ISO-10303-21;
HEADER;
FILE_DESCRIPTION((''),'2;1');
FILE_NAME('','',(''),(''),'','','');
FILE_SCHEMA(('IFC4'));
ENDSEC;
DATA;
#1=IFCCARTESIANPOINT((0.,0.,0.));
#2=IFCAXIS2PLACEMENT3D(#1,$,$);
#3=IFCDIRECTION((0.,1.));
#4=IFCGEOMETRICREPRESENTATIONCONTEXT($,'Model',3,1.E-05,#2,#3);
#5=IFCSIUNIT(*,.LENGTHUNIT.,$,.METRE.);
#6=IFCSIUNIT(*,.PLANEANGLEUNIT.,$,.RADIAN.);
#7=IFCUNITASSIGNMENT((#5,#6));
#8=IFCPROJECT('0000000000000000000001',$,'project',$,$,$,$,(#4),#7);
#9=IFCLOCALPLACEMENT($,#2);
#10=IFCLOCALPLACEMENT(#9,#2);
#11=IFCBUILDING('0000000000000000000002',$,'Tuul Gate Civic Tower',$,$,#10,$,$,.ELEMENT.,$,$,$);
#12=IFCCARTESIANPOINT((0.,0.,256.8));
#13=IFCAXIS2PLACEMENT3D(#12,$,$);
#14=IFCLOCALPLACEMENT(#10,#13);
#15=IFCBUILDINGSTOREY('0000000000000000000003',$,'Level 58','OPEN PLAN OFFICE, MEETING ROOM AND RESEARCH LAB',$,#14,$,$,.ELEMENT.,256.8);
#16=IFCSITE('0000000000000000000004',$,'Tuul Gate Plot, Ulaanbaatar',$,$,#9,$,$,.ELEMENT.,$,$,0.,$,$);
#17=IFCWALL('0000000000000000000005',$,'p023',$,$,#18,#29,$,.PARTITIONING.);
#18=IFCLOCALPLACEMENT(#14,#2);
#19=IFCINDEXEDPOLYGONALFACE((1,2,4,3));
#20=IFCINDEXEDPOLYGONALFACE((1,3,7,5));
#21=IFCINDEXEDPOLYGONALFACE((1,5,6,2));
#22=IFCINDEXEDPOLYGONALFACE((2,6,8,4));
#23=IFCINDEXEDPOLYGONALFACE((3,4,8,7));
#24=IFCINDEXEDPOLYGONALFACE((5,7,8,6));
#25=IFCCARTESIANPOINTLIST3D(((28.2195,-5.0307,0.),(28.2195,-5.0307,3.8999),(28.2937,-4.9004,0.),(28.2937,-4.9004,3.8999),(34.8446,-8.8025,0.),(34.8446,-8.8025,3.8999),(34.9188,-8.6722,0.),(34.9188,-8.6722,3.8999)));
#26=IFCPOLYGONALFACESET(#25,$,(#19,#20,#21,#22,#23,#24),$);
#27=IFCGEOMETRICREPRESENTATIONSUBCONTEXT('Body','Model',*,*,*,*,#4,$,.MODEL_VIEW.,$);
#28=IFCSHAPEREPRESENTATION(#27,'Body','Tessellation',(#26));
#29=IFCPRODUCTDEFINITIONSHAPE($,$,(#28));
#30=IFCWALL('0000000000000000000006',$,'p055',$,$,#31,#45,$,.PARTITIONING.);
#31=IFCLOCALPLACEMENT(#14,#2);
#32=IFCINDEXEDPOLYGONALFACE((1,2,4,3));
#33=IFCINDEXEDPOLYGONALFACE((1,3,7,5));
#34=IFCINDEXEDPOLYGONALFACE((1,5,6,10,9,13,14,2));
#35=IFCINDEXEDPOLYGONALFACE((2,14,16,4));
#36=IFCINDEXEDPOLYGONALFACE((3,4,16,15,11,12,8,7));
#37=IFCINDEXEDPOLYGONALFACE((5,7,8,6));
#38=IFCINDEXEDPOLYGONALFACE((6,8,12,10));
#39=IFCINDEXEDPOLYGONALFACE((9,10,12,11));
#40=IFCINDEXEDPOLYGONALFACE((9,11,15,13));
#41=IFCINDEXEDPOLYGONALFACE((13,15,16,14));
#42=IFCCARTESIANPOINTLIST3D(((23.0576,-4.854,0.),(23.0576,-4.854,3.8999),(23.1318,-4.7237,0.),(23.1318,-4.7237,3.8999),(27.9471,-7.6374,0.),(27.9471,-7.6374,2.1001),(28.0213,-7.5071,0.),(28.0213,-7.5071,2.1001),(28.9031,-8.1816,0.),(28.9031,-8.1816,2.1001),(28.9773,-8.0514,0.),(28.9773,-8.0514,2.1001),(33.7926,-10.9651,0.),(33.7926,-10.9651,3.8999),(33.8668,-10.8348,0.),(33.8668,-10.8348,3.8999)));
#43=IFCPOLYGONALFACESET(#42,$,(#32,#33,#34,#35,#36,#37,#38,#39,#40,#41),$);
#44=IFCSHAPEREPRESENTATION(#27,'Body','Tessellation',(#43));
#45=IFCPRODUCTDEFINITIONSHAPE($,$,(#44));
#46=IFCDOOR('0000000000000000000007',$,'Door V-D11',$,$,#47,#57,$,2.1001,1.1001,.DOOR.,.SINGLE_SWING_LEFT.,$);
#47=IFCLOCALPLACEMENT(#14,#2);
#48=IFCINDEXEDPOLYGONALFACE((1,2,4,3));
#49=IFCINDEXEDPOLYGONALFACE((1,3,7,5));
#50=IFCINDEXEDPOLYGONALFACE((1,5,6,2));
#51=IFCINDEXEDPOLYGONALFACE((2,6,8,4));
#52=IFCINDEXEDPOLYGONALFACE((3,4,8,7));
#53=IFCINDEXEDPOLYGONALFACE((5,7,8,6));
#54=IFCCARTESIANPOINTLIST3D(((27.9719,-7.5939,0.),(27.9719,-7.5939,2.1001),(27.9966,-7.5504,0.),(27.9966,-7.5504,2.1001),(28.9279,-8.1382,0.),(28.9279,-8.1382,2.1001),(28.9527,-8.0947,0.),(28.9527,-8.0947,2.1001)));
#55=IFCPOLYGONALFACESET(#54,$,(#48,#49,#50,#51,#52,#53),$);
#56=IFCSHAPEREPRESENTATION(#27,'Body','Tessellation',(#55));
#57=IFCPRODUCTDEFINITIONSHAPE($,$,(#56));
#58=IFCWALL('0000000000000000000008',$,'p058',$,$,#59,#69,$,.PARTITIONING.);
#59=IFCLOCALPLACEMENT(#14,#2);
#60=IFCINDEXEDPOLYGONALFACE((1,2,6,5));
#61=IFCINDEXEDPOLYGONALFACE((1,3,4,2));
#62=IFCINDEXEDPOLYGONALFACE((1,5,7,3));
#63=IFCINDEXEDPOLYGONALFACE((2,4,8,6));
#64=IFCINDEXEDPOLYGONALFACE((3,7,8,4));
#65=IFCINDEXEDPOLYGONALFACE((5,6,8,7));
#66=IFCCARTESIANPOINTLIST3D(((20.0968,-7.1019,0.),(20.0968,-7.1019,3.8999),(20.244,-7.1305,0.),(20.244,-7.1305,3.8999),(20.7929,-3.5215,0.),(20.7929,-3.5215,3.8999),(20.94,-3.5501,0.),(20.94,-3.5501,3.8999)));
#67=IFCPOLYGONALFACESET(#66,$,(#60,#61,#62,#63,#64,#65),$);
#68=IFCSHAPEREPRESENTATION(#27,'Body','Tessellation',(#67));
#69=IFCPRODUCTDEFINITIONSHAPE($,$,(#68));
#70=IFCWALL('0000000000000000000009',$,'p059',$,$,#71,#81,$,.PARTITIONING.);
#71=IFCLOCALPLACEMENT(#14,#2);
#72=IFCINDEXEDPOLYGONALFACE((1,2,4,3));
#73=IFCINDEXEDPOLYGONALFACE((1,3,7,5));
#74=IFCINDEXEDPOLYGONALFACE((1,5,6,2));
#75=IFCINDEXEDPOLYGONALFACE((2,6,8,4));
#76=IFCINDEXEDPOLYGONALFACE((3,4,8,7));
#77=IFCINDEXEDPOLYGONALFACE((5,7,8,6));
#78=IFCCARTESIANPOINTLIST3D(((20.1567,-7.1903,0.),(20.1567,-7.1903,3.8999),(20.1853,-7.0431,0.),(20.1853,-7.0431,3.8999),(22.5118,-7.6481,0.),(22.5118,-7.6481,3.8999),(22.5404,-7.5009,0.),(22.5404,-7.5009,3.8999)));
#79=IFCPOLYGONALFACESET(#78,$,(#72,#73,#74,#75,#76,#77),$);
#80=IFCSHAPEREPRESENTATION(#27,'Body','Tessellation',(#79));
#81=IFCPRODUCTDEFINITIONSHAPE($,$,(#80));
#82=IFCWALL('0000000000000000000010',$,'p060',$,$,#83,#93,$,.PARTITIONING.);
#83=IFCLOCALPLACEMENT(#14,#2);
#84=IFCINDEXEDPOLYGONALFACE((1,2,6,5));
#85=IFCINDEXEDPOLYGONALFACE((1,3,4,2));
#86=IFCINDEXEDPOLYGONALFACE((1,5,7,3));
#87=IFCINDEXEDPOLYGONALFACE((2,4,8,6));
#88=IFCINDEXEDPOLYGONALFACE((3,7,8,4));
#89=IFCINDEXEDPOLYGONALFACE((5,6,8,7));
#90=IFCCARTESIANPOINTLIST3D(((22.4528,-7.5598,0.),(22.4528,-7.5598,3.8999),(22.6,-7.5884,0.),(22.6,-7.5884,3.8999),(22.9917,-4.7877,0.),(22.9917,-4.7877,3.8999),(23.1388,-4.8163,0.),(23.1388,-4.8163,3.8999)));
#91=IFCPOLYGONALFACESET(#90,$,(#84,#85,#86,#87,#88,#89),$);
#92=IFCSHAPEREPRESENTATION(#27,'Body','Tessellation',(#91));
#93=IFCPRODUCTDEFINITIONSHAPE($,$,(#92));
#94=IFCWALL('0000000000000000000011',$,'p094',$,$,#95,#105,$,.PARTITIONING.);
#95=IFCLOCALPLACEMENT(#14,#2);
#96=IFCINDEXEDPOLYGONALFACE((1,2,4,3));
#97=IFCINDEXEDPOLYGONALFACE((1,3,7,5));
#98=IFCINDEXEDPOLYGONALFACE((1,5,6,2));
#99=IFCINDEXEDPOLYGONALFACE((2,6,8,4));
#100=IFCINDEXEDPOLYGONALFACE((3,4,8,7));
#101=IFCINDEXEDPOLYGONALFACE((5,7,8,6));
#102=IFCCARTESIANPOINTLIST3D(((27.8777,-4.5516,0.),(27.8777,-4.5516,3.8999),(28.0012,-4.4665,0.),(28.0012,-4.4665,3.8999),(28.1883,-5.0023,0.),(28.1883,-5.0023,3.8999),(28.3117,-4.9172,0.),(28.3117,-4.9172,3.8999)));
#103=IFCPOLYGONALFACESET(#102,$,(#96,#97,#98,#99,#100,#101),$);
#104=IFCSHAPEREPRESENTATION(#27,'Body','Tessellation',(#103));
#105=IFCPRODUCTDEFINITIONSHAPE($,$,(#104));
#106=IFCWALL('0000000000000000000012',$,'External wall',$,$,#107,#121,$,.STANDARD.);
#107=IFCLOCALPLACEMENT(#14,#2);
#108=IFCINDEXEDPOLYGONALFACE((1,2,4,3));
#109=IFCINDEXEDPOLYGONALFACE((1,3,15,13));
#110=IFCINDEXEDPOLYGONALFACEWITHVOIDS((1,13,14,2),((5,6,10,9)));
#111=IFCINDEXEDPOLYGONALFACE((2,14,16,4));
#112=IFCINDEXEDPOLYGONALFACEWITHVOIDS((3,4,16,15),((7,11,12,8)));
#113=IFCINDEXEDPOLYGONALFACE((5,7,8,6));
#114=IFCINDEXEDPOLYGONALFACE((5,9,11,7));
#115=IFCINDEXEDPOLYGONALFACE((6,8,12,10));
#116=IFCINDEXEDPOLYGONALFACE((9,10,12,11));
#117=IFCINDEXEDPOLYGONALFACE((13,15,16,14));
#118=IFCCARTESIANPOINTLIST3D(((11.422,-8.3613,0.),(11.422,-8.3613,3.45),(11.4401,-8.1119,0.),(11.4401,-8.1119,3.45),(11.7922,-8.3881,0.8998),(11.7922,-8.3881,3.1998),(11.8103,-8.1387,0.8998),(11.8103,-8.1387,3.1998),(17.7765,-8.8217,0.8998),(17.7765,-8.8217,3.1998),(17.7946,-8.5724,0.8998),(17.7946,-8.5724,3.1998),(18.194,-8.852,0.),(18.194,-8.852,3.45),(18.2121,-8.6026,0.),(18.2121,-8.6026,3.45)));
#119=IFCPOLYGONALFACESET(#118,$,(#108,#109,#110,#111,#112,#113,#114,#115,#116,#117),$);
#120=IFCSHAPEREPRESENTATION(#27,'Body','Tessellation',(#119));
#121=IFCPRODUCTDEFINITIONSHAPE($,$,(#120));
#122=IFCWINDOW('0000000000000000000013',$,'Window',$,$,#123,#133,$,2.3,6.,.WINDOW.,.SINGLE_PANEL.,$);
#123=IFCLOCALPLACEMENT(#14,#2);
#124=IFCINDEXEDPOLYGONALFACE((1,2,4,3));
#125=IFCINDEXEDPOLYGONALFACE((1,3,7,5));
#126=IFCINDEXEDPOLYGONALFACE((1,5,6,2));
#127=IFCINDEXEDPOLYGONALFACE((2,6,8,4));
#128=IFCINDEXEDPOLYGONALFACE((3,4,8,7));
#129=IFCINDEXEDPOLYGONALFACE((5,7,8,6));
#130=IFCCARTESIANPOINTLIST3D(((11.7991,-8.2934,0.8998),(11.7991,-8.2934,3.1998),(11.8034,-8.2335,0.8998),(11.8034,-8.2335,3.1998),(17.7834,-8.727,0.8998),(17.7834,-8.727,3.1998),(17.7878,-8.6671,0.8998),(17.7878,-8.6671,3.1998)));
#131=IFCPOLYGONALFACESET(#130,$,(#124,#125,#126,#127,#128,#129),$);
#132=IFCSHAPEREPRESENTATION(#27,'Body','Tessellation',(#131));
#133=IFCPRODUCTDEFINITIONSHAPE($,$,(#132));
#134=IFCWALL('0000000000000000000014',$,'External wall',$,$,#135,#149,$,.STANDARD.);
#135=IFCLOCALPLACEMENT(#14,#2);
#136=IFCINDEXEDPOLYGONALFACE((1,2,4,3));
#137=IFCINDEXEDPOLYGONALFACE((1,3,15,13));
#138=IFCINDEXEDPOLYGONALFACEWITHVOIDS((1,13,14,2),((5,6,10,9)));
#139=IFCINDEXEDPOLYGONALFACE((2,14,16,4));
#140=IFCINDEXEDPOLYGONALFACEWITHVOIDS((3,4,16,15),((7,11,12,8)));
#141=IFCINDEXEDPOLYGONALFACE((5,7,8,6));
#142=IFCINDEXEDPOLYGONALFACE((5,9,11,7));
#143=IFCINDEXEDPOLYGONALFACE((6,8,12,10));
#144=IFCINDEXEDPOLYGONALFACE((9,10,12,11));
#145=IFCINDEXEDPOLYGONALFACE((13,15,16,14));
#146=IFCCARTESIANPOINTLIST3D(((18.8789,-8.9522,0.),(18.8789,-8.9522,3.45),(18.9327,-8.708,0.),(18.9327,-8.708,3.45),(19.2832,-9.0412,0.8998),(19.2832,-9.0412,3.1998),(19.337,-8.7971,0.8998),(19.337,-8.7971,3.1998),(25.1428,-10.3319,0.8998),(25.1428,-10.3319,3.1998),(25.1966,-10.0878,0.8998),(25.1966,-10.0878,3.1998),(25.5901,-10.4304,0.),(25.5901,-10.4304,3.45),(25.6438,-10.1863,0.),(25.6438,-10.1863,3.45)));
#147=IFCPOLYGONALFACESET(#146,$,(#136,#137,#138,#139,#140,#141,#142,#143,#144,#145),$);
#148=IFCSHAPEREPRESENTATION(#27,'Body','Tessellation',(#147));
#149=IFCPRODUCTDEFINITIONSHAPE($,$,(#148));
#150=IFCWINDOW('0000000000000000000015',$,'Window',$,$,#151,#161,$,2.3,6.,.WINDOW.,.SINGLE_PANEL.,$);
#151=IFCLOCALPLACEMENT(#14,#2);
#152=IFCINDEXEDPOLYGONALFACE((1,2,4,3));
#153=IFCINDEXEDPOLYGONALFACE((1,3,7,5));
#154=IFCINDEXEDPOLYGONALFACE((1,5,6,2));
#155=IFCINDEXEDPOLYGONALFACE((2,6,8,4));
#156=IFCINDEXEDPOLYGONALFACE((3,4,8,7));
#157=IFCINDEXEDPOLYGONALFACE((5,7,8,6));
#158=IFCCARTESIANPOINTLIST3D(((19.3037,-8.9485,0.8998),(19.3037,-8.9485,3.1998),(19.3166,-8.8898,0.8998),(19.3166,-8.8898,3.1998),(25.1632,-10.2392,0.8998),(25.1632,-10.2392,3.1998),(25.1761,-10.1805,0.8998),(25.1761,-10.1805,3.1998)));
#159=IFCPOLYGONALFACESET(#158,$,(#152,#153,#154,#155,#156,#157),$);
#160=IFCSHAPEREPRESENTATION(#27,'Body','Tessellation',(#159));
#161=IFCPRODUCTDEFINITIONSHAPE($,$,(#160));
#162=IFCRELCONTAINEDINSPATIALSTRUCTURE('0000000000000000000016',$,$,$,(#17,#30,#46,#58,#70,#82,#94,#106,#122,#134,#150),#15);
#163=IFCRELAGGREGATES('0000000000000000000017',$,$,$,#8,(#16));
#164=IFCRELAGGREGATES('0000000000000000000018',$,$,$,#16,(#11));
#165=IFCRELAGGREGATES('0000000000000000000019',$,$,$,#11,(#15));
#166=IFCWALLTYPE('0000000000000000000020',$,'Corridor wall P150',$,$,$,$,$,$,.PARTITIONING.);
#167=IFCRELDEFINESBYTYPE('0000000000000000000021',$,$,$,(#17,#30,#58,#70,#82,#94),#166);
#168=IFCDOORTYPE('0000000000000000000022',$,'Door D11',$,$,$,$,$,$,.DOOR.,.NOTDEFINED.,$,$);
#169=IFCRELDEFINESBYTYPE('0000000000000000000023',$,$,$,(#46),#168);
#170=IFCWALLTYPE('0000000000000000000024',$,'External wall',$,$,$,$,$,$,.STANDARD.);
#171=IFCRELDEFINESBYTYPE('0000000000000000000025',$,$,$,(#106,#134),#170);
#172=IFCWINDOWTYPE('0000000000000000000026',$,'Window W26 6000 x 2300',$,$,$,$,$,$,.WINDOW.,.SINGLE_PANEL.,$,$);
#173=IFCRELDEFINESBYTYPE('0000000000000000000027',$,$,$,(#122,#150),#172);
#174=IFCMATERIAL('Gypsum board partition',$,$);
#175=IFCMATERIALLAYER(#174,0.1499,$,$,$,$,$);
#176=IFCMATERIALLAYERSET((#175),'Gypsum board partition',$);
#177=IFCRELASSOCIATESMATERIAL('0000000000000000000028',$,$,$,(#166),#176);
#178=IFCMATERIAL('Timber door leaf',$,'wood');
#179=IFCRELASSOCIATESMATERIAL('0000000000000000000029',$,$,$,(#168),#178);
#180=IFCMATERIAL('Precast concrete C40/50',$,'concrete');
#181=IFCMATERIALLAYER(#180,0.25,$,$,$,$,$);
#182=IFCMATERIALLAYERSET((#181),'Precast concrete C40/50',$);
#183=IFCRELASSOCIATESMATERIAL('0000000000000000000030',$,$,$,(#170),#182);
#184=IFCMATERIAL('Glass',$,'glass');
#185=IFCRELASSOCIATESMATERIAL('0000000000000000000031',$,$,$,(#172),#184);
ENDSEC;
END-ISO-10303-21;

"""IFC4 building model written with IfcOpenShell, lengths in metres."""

from ifc_helpers import new_model, si_unit, direction, frame, frame_2d, origin, place, context, subcontext, project, spatial, rectangle, extrude, material, layer, layer_set, type_object, element, fill, save


model = new_model("IFC4")

# Units and contexts
model_context = context("Model", 3, precision=1e-05, world=origin(), true_north=direction((0.0, 1.0)))
body_context = subcontext(model_context, "Body", "Model", "MODEL_VIEW")
ifc_project = project(units=[si_unit("LENGTHUNIT", "METRE"), si_unit("PLANEANGLEUNIT", "RADIAN")], contexts=[model_context])

# Site, building, storey
site_placement = place(None, origin())
site = spatial("IfcSite", under=ifc_project, at=site_placement, Name="Tuul Gate Plot, Ulaanbaatar", CompositionType="ELEMENT", RefElevation=0.0)
building_placement = place(site_placement, origin())
building = spatial("IfcBuilding", under=site, at=building_placement, Name="Tuul Gate Civic Tower", CompositionType="ELEMENT")
storey_placement = place(building_placement, frame((0.0, 0.0, 256.8)))
storey = spatial("IfcBuildingStorey", under=building, at=storey_placement, Name="Level 58", Description="OPEN PLAN OFFICE, MEETING ROOM AND RESEARCH LAB", CompositionType="ELEMENT", Elevation=256.8)

# Wall
ifc_material_1 = material(Name="Gypsum board partition")
ifc_layer_1 = layer(ifc_material_1, 0.1499)
ifc_layer_set_1 = layer_set([ifc_layer_1], Name="Gypsum board partition")
wall_type_1 = type_object("IfcWallType", Name="Corridor wall P150", PredefinedType="PARTITIONING", material=ifc_layer_set_1)
wall_1_placement = place(storey_placement, frame((28.2566, -4.9656, 0.0), z_axis=(0.0, 0.0, 1.0), x_axis=(0.869032, -0.494755, 0.0)))
element("IfcWall", 1, at=wall_1_placement, inside=storey, type_object=wall_type_1, Name="p023", PredefinedType="PARTITIONING", context=body_context, shape_type="SweptSolid", body=[
    extrude(rectangle(XDim=7.6235, YDim=0.1499, at=frame_2d((3.8118, 0.0))), origin(), (0.0, 0.0, 1.0), 3.8999),
])

# Wall, opening, door
wall_2_placement = place(storey_placement, frame((23.0947, -4.7888, 0.0), z_axis=(0.0, 0.0, 1.0), x_axis=(0.869048, -0.494727, 0.0)))
wall_2 = element("IfcWall", 2, at=wall_2_placement, inside=storey, type_object=wall_type_1, Name="p055", PredefinedType="PARTITIONING", context=body_context, shape_type="SweptSolid", body=[
    extrude(rectangle(XDim=12.3525, YDim=0.1499, at=frame_2d((6.1763, 0.0))), origin(), (0.0, 0.0, 1.0), 3.8999),
])
opening_1_placement = place(wall_2_placement, frame((5.6262, 0.0, 0.0)))
opening_1 = element("IfcOpeningElement", 3, at=opening_1_placement, cuts=wall_2, PredefinedType="OPENING", context=body_context, shape_type="SweptSolid", body=[
    extrude(rectangle(XDim=1.1001, YDim=2.1001, at=frame_2d((0.55, 1.05))), frame((0.0, 0.085, 0.0), z_axis=(0.0, -1.0, 0.0), x_axis=(1.0, 0.0, 0.0)), (0.0, 0.0, 1.0), 0.1699),
])
ifc_material_2 = material(Name="Timber door leaf", Category="wood")
door_type = type_object("IfcDoorType", Name="Door D11", OperationType="NOTDEFINED", PredefinedType="DOOR", material=ifc_material_2)
door_placement = place(opening_1_placement, frame((1.1001, 0.0, 0.0), z_axis=(0.0, 0.0, 1.0), x_axis=(-1.0, 0.0, 0.0)))
door = element("IfcDoor", 4, at=door_placement, inside=storey, type_object=door_type, Name="Door V-D11", OperationType="SINGLE_SWING_LEFT", OverallHeight=2.1001, OverallWidth=1.1001, PredefinedType="DOOR", context=body_context, shape_type="SweptSolid", body=[
    extrude(rectangle(XDim=1.1001, YDim=2.1001, at=frame_2d((0.55, 1.05))), frame((0.0, 0.0249, 0.0), z_axis=(0.0, -1.0, 0.0), x_axis=(1.0, 0.0, 0.0)), (0.0, 0.0, 1.0), 0.05),
])
fill(opening_1, door)

# Walls
wall_3_placement = place(storey_placement, frame((20.1704, -7.1162, 0.0), z_axis=(0.0, 0.0, 1.0), x_axis=(0.190836, 0.981622, 0.0)))
element("IfcWall", 5, at=wall_3_placement, inside=storey, type_object=wall_type_1, Name="p058", PredefinedType="PARTITIONING", context=body_context, shape_type="SweptSolid", body=[
    extrude(rectangle(XDim=3.6475, YDim=0.1499, at=frame_2d((1.8237, 0.0))), origin(), (0.0, 0.0, 1.0), 3.8999),
])
wall_4_placement = place(storey_placement, frame((20.1709, -7.1167, 0.0), z_axis=(0.0, 0.0, 1.0), x_axis=(0.981627, -0.19081, 0.0)))
element("IfcWall", 6, at=wall_4_placement, inside=storey, type_object=wall_type_1, Name="p059", PredefinedType="PARTITIONING", context=body_context, shape_type="SweptSolid", body=[
    extrude(rectangle(XDim=2.3992, YDim=0.1499, at=frame_2d((1.1997, 0.0))), origin(), (0.0, 0.0, 1.0), 3.8999),
])
wall_5_placement = place(storey_placement, frame((22.5264, -7.5742, 0.0), z_axis=(0.0, 0.0, 1.0), x_axis=(0.190809, 0.981627, 0.0)))
element("IfcWall", 7, at=wall_5_placement, inside=storey, type_object=wall_type_1, Name="p060", PredefinedType="PARTITIONING", context=body_context, shape_type="SweptSolid", body=[
    extrude(rectangle(XDim=2.824, YDim=0.1499, at=frame_2d((1.4121, 0.0))), origin(), (0.0, 0.0, 1.0), 3.8999),
])
wall_6_placement = place(storey_placement, frame((27.9395, -4.509, 0.0), z_axis=(0.0, 0.0, 1.0), x_axis=(0.567399, -0.823443, 0.0)))
element("IfcWall", 8, at=wall_6_placement, inside=storey, type_object=wall_type_1, Name="p094", PredefinedType="PARTITIONING", context=body_context, shape_type="SweptSolid", body=[
    extrude(rectangle(XDim=0.5474, YDim=0.1499, at=frame_2d((0.2737, 0.0))), origin(), (0.0, 0.0, 1.0), 3.8999),
])

# Walls, openings, windows
ifc_material_3 = material(Name="Precast concrete C40/50", Category="concrete")
ifc_layer_2 = layer(ifc_material_3, 0.25)
ifc_layer_set_2 = layer_set([ifc_layer_2], Name="Precast concrete C40/50")
wall_type_2 = type_object("IfcWallType", Name="External wall", PredefinedType="STANDARD", material=ifc_layer_set_2)
wall_7_placement = place(storey_placement, frame((11.4309, -8.2366, 0.0), z_axis=(0.0, 0.0, 1.0), x_axis=(0.997385, -0.072274, 0.0)))
wall_7 = element("IfcWall", 9, at=wall_7_placement, inside=storey, type_object=wall_type_2, Name="External wall", PredefinedType="STANDARD", context=body_context, shape_type="SweptSolid", body=[
    extrude(rectangle(XDim=6.7898, YDim=0.25, at=frame_2d((3.395, 0.0))), origin(), (0.0, 0.0, 1.0), 3.45),
])
opening_2_placement = place(wall_7_placement, frame((0.3713, 0.0, 0.8999)))
opening_2 = element("IfcOpeningElement", 10, at=opening_2_placement, cuts=wall_7, PredefinedType="OPENING", context=body_context, shape_type="SweptSolid", body=[
    extrude(rectangle(XDim=6.0, YDim=2.3, at=frame_2d((3.0, 1.1499))), frame((0.0, 0.135, 0.0), z_axis=(0.0, -1.0, 0.0), x_axis=(1.0, 0.0, 0.0)), (0.0, 0.0, 1.0), 0.27),
])
ifc_material_4 = material(Name="Glass", Category="glass")
window_type = type_object("IfcWindowType", Name="Window W26 6000 x 2300", PartitioningType="SINGLE_PANEL", PredefinedType="WINDOW", material=ifc_material_4)
window_1_placement = place(opening_2_placement, origin())
window_1 = element("IfcWindow", 11, at=window_1_placement, inside=storey, type_object=window_type, Name="Window", OverallHeight=2.3, OverallWidth=6.0, PartitioningType="SINGLE_PANEL", PredefinedType="WINDOW", context=body_context, shape_type="SweptSolid", body=[
    extrude(rectangle(XDim=6.0, YDim=2.3, at=frame_2d((3.0, 1.1499))), frame((0.0, 0.03, 0.0), z_axis=(0.0, -1.0, 0.0), x_axis=(1.0, 0.0, 0.0)), (0.0, 0.0, 1.0), 0.0601),
])
fill(opening_2, window_1)
wall_8_placement = place(storey_placement, frame((18.9058, -8.8301, 0.0), z_axis=(0.0, 0.0, 1.0), x_axis=(0.976589, -0.215113, 0.0)))
wall_8 = element("IfcWall", 12, at=wall_8_placement, inside=storey, type_object=wall_type_2, Name="External wall", PredefinedType="STANDARD", context=body_context, shape_type="SweptSolid", body=[
    extrude(rectangle(XDim=6.8721, YDim=0.25, at=frame_2d((3.436, 0.0))), origin(), (0.0, 0.0, 1.0), 3.45),
])
opening_3_placement = place(wall_8_placement, frame((0.4141, 0.0, 0.8999)))
opening_3 = element("IfcOpeningElement", 13, at=opening_3_placement, cuts=wall_8, PredefinedType="OPENING", context=body_context, shape_type="SweptSolid", body=[
    extrude(rectangle(XDim=6.0, YDim=2.3, at=frame_2d((3.0, 1.1499))), frame((0.0, 0.135, 0.0), z_axis=(0.0, -1.0, 0.0), x_axis=(1.0, 0.0, 0.0)), (0.0, 0.0, 1.0), 0.27),
])
window_2_placement = place(opening_3_placement, origin())
window_2 = element("IfcWindow", 14, at=window_2_placement, inside=storey, type_object=window_type, Name="Window", OverallHeight=2.3, OverallWidth=6.0, PartitioningType="SINGLE_PANEL", PredefinedType="WINDOW", context=body_context, shape_type="SweptSolid", body=[
    extrude(rectangle(XDim=6.0, YDim=2.3, at=frame_2d((3.0, 1.1499))), frame((0.0, 0.03, 0.0), z_axis=(0.0, -1.0, 0.0), x_axis=(1.0, 0.0, 0.0)), (0.0, 0.0, 1.0), 0.0601),
])
fill(opening_3, window_2)

save(model, "model.ifc")
